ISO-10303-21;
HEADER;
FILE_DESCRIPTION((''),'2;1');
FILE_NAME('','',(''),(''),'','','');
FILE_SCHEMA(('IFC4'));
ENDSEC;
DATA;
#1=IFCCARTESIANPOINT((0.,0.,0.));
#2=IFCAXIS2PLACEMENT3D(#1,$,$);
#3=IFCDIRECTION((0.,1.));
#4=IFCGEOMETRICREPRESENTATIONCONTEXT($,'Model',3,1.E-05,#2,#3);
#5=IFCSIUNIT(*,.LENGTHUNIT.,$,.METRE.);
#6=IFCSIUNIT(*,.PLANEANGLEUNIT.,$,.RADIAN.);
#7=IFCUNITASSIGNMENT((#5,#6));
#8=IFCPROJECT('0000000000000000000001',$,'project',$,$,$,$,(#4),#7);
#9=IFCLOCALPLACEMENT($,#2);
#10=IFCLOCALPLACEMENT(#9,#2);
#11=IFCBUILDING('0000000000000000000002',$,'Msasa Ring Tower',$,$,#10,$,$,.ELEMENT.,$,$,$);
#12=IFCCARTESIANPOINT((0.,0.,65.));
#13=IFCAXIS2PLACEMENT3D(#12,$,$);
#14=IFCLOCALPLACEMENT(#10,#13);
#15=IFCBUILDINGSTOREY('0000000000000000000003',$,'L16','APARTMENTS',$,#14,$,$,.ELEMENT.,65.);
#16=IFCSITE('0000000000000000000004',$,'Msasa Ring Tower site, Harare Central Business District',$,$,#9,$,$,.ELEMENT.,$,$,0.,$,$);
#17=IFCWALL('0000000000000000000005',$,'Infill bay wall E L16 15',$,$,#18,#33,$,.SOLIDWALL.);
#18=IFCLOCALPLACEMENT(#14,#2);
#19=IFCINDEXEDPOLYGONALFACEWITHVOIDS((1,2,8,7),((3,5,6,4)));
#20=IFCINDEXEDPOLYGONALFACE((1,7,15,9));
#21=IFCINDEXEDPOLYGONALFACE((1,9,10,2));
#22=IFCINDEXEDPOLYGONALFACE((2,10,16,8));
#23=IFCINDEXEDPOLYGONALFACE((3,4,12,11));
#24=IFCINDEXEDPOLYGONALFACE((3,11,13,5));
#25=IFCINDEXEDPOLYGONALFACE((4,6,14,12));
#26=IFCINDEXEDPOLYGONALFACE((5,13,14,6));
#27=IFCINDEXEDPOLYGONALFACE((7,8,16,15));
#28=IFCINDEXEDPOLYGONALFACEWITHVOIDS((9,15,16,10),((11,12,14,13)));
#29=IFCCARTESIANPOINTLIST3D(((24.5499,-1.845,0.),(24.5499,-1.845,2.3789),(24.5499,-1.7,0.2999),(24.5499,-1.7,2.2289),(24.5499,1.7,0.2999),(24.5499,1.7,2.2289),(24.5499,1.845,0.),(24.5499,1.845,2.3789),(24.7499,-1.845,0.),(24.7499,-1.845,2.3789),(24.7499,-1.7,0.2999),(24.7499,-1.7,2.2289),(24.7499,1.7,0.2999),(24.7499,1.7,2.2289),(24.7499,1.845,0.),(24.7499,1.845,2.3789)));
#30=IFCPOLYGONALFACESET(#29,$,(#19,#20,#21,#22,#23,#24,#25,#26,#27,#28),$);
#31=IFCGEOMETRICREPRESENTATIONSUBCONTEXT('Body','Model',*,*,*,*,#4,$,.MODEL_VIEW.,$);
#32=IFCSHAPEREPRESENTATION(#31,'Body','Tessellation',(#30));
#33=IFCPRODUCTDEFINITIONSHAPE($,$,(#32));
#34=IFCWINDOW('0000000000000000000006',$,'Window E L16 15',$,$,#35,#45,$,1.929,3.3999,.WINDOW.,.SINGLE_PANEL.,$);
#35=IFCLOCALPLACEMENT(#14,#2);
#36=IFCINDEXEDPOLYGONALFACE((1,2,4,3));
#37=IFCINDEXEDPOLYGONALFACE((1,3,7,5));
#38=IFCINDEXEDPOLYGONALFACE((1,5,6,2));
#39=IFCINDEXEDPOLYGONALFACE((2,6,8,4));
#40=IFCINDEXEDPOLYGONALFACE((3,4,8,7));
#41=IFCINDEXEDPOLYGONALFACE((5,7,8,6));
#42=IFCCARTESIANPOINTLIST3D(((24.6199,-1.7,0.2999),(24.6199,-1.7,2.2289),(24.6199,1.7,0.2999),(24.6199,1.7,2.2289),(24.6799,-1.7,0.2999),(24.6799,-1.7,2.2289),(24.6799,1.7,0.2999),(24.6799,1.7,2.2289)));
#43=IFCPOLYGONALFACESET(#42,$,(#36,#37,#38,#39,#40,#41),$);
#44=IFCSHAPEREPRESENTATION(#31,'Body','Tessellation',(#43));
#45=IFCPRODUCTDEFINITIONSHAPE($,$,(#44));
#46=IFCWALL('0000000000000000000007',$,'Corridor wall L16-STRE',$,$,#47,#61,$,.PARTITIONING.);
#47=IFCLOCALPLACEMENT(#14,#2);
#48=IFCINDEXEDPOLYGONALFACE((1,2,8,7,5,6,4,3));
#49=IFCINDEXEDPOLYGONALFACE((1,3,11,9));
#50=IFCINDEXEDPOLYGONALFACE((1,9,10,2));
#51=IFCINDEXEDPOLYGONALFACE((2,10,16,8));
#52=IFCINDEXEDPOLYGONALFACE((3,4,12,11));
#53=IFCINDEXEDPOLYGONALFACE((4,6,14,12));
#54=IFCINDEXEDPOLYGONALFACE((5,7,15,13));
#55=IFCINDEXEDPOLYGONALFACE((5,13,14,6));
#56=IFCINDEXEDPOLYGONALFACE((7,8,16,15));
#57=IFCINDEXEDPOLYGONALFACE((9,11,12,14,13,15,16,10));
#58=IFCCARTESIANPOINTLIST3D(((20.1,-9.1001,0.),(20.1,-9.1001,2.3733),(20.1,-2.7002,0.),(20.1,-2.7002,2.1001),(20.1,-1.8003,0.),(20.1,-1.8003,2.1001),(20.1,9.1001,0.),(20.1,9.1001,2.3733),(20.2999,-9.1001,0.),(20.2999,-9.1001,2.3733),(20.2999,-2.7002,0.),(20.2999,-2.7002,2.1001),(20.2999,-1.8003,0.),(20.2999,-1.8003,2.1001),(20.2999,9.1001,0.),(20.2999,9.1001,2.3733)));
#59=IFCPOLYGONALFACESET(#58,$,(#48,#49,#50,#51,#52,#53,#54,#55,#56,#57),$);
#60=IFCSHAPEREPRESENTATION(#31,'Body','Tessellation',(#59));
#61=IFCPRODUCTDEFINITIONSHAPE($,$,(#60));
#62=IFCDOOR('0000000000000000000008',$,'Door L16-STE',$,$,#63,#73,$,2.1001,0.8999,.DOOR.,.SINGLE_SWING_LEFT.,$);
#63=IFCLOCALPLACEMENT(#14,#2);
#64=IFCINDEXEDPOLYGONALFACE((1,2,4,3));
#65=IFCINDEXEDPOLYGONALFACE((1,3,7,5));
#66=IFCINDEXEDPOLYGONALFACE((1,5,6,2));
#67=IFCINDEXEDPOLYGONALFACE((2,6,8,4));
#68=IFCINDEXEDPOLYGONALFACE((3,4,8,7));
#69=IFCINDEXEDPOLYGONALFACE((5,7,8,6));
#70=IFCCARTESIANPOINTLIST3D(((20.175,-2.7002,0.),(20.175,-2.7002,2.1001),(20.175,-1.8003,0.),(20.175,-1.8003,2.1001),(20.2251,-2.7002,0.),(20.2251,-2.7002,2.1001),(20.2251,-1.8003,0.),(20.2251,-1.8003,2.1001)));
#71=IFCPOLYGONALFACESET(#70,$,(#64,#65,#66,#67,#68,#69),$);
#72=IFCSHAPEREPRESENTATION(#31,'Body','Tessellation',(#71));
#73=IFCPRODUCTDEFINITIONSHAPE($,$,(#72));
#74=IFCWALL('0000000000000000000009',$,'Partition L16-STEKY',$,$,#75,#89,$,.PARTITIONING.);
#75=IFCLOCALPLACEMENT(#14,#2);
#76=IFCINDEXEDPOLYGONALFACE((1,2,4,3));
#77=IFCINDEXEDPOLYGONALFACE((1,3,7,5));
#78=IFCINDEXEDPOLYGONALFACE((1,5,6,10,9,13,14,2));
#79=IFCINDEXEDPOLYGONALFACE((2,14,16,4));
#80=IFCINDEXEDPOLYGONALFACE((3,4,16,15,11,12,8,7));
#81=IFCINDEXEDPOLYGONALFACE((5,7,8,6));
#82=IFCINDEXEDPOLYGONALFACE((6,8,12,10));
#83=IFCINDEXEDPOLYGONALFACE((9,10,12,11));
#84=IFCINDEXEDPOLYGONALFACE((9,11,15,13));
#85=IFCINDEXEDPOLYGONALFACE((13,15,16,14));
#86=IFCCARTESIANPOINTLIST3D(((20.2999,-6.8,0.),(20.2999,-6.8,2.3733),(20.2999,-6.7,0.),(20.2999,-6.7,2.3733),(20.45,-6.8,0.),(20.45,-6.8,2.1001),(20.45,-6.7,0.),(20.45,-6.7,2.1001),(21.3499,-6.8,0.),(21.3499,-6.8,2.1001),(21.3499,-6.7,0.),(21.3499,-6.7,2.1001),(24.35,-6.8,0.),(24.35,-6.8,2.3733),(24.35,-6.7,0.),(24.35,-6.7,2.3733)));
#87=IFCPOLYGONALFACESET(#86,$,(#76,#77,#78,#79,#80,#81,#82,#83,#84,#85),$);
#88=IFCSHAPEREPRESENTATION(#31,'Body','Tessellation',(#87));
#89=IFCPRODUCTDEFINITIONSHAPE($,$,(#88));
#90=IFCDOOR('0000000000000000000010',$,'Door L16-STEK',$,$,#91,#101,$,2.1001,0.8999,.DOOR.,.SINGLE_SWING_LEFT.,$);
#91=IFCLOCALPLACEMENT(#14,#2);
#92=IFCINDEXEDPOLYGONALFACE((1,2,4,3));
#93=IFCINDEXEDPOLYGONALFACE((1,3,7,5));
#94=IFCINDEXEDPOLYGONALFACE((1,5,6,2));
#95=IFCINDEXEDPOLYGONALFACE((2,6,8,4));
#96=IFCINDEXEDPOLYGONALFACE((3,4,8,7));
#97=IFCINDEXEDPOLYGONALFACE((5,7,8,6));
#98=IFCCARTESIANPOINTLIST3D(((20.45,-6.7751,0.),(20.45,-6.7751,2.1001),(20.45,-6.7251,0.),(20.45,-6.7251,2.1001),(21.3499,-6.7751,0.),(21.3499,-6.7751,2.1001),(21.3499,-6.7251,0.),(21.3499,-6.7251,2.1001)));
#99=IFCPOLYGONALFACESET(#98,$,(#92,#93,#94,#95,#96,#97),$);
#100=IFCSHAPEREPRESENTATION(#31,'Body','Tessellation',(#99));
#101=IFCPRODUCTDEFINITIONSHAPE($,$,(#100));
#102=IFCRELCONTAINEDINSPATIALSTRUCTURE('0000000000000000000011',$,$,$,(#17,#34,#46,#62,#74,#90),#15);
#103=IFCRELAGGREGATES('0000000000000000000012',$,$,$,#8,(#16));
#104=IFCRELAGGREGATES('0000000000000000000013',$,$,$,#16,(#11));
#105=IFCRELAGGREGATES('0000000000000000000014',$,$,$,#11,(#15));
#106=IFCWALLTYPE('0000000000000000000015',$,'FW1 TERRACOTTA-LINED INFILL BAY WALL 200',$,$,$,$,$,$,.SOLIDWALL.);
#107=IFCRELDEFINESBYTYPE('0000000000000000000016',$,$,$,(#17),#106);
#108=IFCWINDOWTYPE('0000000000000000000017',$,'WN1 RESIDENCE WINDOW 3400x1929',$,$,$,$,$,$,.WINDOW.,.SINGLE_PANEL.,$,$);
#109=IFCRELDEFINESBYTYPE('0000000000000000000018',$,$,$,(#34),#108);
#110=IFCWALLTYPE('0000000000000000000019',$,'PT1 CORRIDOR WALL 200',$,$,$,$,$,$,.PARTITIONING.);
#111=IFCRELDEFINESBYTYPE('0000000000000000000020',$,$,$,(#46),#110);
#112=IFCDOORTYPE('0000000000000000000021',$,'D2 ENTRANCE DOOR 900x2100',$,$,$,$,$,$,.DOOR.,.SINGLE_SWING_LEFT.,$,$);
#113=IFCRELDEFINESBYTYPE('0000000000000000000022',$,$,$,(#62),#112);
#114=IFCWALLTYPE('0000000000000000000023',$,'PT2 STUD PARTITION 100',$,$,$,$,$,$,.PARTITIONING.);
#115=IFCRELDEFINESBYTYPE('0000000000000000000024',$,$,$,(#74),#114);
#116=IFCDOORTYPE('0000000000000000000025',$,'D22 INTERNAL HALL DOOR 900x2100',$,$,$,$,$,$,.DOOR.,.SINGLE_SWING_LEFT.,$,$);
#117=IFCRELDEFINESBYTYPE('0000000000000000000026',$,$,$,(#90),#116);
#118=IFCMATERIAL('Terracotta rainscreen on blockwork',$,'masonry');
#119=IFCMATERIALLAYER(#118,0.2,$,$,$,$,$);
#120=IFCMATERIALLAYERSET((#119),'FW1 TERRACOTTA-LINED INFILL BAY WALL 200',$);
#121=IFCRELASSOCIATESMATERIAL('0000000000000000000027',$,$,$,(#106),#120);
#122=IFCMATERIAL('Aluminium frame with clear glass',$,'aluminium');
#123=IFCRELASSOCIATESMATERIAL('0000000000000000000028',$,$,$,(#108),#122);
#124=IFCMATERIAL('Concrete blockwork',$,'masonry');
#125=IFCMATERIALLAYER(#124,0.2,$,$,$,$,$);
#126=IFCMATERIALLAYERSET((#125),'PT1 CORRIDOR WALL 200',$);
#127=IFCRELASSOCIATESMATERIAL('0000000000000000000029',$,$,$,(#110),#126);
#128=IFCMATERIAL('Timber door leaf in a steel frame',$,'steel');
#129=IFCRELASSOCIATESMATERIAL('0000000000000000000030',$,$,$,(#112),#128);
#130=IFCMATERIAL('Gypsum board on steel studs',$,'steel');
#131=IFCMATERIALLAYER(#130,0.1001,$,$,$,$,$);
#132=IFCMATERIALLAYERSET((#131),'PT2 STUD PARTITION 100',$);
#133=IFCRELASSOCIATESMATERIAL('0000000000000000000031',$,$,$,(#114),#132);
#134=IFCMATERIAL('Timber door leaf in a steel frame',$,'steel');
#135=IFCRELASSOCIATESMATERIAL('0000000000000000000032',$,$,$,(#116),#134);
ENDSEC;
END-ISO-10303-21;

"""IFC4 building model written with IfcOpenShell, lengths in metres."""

from ifc_helpers import new_model, si_unit, direction, frame, frame_2d, origin, place, context, subcontext, project, spatial, rectangle, extrude, material, layer, layer_set, type_object, element, fill, save


model = new_model("IFC4")

# Units and contexts
model_context = context("Model", 3, precision=1e-05, world=origin(), true_north=direction((0.0, 1.0)))
body_context = subcontext(model_context, "Body", "Model", "MODEL_VIEW")
ifc_project = project(units=[si_unit("LENGTHUNIT", "METRE"), si_unit("PLANEANGLEUNIT", "RADIAN")], contexts=[model_context])

# Site, building, storey
site_placement = place(None, origin())
site = spatial("IfcSite", under=ifc_project, at=site_placement, Name="Msasa Ring Tower site, Harare Central Business District", CompositionType="ELEMENT", RefElevation=0.0)
building_placement = place(site_placement, origin())
building = spatial("IfcBuilding", under=site, at=building_placement, Name="Msasa Ring Tower", CompositionType="ELEMENT")
storey_placement = place(building_placement, frame((0.0, 0.0, 65.0)))
storey = spatial("IfcBuildingStorey", under=building, at=storey_placement, Name="L16", Description="APARTMENTS", CompositionType="ELEMENT", Elevation=65.0)

# Wall, opening, window
ifc_material_1 = material(Name="Terracotta rainscreen on blockwork", Category="masonry")
ifc_layer_1 = layer(ifc_material_1, 0.2)
ifc_layer_set_1 = layer_set([ifc_layer_1], Name="FW1 TERRACOTTA-LINED INFILL BAY WALL 200")
wall_type_1 = type_object("IfcWallType", Name="FW1 TERRACOTTA-LINED INFILL BAY WALL 200", PredefinedType="SOLIDWALL", material=ifc_layer_set_1)
ifc_material_2 = material(Name="Aluminium frame with clear glass", Category="aluminium")
window_type = type_object("IfcWindowType", Name="WN1 RESIDENCE WINDOW 3400x1929", PartitioningType="SINGLE_PANEL", PredefinedType="WINDOW", material=ifc_material_2)
wall_1_placement = place(storey_placement, frame((24.6499, -1.845, 0.0), z_axis=(0.0, 0.0, 1.0), x_axis=(0.0, 1.0, 0.0)))
wall_1 = element("IfcWall", 1, at=wall_1_placement, inside=storey, type_object=wall_type_1, Name="Infill bay wall E L16 15", PredefinedType="SOLIDWALL", context=body_context, shape_type="SweptSolid", body=[
    extrude(rectangle(XDim=3.6899, YDim=0.2, at=frame_2d((1.845, 0.0))), origin(), (0.0, 0.0, 1.0), 2.3789),
])
opening_1_placement = place(wall_1_placement, frame((0.145, 0.0, 0.3)))
opening_1 = element("IfcOpeningElement", 2, at=opening_1_placement, cuts=wall_1, PredefinedType="OPENING", context=body_context, shape_type="SweptSolid", body=[
    extrude(rectangle(XDim=3.3999, YDim=1.929, at=frame_2d((1.7, 0.9644))), frame((0.0, 0.1099, 0.0), z_axis=(0.0, -1.0, 0.0), x_axis=(1.0, 0.0, 0.0)), (0.0, 0.0, 1.0), 0.22),
])
window_1_placement = place(opening_1_placement, origin())
window_1 = element("IfcWindow", 3, at=window_1_placement, inside=storey, type_object=window_type, Name="Window E L16 15", OverallHeight=1.929, OverallWidth=3.3999, PartitioningType="SINGLE_PANEL", PredefinedType="WINDOW", context=body_context, shape_type="SweptSolid", body=[
    extrude(rectangle(XDim=3.3999, YDim=1.929, at=frame_2d((1.7, 0.9644))), frame((0.0, 0.03, 0.0), z_axis=(0.0, -1.0, 0.0), x_axis=(1.0, 0.0, 0.0)), (0.0, 0.0, 1.0), 0.0601),
])
fill(opening_1, window_1)

# Walls, openings, doors
ifc_material_3 = material(Name="Concrete blockwork", Category="masonry")
ifc_layer_2 = layer(ifc_material_3, 0.2)
ifc_layer_set_2 = layer_set([ifc_layer_2], Name="PT1 CORRIDOR WALL 200")
wall_type_2 = type_object("IfcWallType", Name="PT1 CORRIDOR WALL 200", PredefinedType="PARTITIONING", material=ifc_layer_set_2)
wall_2_placement = place(storey_placement, frame((20.2, -9.1001, 0.0), z_axis=(0.0, 0.0, 1.0), x_axis=(0.0, 1.0, 0.0)))
wall_2 = element("IfcWall", 4, at=wall_2_placement, inside=storey, type_object=wall_type_2, Name="Corridor wall L16-STRE", PredefinedType="PARTITIONING", context=body_context, shape_type="SweptSolid", body=[
    extrude(rectangle(XDim=18.2002, YDim=0.2, at=frame_2d((9.1001, 0.0))), origin(), (0.0, 0.0, 1.0), 2.3733),
])
opening_2_placement = place(wall_2_placement, frame((6.3999, 0.0, 0.0)))
opening_2 = element("IfcOpeningElement", 5, at=opening_2_placement, cuts=wall_2, PredefinedType="OPENING", context=body_context, shape_type="SweptSolid", body=[
    extrude(rectangle(XDim=0.8999, YDim=2.1001, at=frame_2d((0.45, 1.05))), frame((0.0, 0.1099, 0.0), z_axis=(0.0, -1.0, 0.0), x_axis=(1.0, 0.0, 0.0)), (0.0, 0.0, 1.0), 0.22),
])
ifc_material_4 = material(Name="Timber door leaf in a steel frame", Category="steel")
door_type_1 = type_object("IfcDoorType", Name="D2 ENTRANCE DOOR 900x2100", OperationType="SINGLE_SWING_LEFT", PredefinedType="DOOR", material=ifc_material_4)
door_1_placement = place(opening_2_placement, origin())
door_1 = element("IfcDoor", 6, at=door_1_placement, inside=storey, type_object=door_type_1, Name="Door L16-STE", OperationType="SINGLE_SWING_LEFT", OverallHeight=2.1001, OverallWidth=0.8999, PredefinedType="DOOR", context=body_context, shape_type="SweptSolid", body=[
    extrude(rectangle(XDim=0.8999, YDim=2.1001, at=frame_2d((0.45, 1.05))), frame((0.0, 0.0249, 0.0), z_axis=(0.0, -1.0, 0.0), x_axis=(1.0, 0.0, 0.0)), (0.0, 0.0, 1.0), 0.05),
])
fill(opening_2, door_1)
ifc_material_5 = material(Name="Gypsum board on steel studs", Category="steel")
ifc_layer_3 = layer(ifc_material_5, 0.1001)
ifc_layer_set_3 = layer_set([ifc_layer_3], Name="PT2 STUD PARTITION 100")
wall_type_3 = type_object("IfcWallType", Name="PT2 STUD PARTITION 100", PredefinedType="PARTITIONING", material=ifc_layer_set_3)
wall_3_placement = place(storey_placement, frame((20.3, -6.75, 0.0), z_axis=(0.0, 0.0, 1.0), x_axis=(1.0, 0.0, 0.0)))
wall_3 = element("IfcWall", 7, at=wall_3_placement, inside=storey, type_object=wall_type_3, Name="Partition L16-STEKY", PredefinedType="PARTITIONING", context=body_context, shape_type="SweptSolid", body=[
    extrude(rectangle(XDim=4.05, YDim=0.1001, at=frame_2d((2.0249, 0.0))), origin(), (0.0, 0.0, 1.0), 2.3733),
])
opening_3_placement = place(wall_3_placement, frame((0.1499, 0.0, 0.0)))
opening_3 = element("IfcOpeningElement", 8, at=opening_3_placement, cuts=wall_3, PredefinedType="OPENING", context=body_context, shape_type="SweptSolid", body=[
    extrude(rectangle(XDim=0.8999, YDim=2.1001, at=frame_2d((0.45, 1.05))), frame((0.0, 0.0601, 0.0), z_axis=(0.0, -1.0, 0.0), x_axis=(1.0, 0.0, 0.0)), (0.0, 0.0, 1.0), 0.1201),
])
ifc_material_6 = material(Name="Timber door leaf in a steel frame", Category="steel")
door_type_2 = type_object("IfcDoorType", Name="D22 INTERNAL HALL DOOR 900x2100", OperationType="SINGLE_SWING_LEFT", PredefinedType="DOOR", material=ifc_material_6)
door_2_placement = place(opening_3_placement, origin())
door_2 = element("IfcDoor", 9, at=door_2_placement, inside=storey, type_object=door_type_2, Name="Door L16-STEK", OperationType="SINGLE_SWING_LEFT", OverallHeight=2.1001, OverallWidth=0.8999, PredefinedType="DOOR", context=body_context, shape_type="SweptSolid", body=[
    extrude(rectangle(XDim=0.8999, YDim=2.1001, at=frame_2d((0.45, 1.05))), frame((0.0, 0.0249, 0.0), z_axis=(0.0, -1.0, 0.0), x_axis=(1.0, 0.0, 0.0)), (0.0, 0.0, 1.0), 0.05),
])
fill(opening_3, door_2)

save(model, "model.ifc")
